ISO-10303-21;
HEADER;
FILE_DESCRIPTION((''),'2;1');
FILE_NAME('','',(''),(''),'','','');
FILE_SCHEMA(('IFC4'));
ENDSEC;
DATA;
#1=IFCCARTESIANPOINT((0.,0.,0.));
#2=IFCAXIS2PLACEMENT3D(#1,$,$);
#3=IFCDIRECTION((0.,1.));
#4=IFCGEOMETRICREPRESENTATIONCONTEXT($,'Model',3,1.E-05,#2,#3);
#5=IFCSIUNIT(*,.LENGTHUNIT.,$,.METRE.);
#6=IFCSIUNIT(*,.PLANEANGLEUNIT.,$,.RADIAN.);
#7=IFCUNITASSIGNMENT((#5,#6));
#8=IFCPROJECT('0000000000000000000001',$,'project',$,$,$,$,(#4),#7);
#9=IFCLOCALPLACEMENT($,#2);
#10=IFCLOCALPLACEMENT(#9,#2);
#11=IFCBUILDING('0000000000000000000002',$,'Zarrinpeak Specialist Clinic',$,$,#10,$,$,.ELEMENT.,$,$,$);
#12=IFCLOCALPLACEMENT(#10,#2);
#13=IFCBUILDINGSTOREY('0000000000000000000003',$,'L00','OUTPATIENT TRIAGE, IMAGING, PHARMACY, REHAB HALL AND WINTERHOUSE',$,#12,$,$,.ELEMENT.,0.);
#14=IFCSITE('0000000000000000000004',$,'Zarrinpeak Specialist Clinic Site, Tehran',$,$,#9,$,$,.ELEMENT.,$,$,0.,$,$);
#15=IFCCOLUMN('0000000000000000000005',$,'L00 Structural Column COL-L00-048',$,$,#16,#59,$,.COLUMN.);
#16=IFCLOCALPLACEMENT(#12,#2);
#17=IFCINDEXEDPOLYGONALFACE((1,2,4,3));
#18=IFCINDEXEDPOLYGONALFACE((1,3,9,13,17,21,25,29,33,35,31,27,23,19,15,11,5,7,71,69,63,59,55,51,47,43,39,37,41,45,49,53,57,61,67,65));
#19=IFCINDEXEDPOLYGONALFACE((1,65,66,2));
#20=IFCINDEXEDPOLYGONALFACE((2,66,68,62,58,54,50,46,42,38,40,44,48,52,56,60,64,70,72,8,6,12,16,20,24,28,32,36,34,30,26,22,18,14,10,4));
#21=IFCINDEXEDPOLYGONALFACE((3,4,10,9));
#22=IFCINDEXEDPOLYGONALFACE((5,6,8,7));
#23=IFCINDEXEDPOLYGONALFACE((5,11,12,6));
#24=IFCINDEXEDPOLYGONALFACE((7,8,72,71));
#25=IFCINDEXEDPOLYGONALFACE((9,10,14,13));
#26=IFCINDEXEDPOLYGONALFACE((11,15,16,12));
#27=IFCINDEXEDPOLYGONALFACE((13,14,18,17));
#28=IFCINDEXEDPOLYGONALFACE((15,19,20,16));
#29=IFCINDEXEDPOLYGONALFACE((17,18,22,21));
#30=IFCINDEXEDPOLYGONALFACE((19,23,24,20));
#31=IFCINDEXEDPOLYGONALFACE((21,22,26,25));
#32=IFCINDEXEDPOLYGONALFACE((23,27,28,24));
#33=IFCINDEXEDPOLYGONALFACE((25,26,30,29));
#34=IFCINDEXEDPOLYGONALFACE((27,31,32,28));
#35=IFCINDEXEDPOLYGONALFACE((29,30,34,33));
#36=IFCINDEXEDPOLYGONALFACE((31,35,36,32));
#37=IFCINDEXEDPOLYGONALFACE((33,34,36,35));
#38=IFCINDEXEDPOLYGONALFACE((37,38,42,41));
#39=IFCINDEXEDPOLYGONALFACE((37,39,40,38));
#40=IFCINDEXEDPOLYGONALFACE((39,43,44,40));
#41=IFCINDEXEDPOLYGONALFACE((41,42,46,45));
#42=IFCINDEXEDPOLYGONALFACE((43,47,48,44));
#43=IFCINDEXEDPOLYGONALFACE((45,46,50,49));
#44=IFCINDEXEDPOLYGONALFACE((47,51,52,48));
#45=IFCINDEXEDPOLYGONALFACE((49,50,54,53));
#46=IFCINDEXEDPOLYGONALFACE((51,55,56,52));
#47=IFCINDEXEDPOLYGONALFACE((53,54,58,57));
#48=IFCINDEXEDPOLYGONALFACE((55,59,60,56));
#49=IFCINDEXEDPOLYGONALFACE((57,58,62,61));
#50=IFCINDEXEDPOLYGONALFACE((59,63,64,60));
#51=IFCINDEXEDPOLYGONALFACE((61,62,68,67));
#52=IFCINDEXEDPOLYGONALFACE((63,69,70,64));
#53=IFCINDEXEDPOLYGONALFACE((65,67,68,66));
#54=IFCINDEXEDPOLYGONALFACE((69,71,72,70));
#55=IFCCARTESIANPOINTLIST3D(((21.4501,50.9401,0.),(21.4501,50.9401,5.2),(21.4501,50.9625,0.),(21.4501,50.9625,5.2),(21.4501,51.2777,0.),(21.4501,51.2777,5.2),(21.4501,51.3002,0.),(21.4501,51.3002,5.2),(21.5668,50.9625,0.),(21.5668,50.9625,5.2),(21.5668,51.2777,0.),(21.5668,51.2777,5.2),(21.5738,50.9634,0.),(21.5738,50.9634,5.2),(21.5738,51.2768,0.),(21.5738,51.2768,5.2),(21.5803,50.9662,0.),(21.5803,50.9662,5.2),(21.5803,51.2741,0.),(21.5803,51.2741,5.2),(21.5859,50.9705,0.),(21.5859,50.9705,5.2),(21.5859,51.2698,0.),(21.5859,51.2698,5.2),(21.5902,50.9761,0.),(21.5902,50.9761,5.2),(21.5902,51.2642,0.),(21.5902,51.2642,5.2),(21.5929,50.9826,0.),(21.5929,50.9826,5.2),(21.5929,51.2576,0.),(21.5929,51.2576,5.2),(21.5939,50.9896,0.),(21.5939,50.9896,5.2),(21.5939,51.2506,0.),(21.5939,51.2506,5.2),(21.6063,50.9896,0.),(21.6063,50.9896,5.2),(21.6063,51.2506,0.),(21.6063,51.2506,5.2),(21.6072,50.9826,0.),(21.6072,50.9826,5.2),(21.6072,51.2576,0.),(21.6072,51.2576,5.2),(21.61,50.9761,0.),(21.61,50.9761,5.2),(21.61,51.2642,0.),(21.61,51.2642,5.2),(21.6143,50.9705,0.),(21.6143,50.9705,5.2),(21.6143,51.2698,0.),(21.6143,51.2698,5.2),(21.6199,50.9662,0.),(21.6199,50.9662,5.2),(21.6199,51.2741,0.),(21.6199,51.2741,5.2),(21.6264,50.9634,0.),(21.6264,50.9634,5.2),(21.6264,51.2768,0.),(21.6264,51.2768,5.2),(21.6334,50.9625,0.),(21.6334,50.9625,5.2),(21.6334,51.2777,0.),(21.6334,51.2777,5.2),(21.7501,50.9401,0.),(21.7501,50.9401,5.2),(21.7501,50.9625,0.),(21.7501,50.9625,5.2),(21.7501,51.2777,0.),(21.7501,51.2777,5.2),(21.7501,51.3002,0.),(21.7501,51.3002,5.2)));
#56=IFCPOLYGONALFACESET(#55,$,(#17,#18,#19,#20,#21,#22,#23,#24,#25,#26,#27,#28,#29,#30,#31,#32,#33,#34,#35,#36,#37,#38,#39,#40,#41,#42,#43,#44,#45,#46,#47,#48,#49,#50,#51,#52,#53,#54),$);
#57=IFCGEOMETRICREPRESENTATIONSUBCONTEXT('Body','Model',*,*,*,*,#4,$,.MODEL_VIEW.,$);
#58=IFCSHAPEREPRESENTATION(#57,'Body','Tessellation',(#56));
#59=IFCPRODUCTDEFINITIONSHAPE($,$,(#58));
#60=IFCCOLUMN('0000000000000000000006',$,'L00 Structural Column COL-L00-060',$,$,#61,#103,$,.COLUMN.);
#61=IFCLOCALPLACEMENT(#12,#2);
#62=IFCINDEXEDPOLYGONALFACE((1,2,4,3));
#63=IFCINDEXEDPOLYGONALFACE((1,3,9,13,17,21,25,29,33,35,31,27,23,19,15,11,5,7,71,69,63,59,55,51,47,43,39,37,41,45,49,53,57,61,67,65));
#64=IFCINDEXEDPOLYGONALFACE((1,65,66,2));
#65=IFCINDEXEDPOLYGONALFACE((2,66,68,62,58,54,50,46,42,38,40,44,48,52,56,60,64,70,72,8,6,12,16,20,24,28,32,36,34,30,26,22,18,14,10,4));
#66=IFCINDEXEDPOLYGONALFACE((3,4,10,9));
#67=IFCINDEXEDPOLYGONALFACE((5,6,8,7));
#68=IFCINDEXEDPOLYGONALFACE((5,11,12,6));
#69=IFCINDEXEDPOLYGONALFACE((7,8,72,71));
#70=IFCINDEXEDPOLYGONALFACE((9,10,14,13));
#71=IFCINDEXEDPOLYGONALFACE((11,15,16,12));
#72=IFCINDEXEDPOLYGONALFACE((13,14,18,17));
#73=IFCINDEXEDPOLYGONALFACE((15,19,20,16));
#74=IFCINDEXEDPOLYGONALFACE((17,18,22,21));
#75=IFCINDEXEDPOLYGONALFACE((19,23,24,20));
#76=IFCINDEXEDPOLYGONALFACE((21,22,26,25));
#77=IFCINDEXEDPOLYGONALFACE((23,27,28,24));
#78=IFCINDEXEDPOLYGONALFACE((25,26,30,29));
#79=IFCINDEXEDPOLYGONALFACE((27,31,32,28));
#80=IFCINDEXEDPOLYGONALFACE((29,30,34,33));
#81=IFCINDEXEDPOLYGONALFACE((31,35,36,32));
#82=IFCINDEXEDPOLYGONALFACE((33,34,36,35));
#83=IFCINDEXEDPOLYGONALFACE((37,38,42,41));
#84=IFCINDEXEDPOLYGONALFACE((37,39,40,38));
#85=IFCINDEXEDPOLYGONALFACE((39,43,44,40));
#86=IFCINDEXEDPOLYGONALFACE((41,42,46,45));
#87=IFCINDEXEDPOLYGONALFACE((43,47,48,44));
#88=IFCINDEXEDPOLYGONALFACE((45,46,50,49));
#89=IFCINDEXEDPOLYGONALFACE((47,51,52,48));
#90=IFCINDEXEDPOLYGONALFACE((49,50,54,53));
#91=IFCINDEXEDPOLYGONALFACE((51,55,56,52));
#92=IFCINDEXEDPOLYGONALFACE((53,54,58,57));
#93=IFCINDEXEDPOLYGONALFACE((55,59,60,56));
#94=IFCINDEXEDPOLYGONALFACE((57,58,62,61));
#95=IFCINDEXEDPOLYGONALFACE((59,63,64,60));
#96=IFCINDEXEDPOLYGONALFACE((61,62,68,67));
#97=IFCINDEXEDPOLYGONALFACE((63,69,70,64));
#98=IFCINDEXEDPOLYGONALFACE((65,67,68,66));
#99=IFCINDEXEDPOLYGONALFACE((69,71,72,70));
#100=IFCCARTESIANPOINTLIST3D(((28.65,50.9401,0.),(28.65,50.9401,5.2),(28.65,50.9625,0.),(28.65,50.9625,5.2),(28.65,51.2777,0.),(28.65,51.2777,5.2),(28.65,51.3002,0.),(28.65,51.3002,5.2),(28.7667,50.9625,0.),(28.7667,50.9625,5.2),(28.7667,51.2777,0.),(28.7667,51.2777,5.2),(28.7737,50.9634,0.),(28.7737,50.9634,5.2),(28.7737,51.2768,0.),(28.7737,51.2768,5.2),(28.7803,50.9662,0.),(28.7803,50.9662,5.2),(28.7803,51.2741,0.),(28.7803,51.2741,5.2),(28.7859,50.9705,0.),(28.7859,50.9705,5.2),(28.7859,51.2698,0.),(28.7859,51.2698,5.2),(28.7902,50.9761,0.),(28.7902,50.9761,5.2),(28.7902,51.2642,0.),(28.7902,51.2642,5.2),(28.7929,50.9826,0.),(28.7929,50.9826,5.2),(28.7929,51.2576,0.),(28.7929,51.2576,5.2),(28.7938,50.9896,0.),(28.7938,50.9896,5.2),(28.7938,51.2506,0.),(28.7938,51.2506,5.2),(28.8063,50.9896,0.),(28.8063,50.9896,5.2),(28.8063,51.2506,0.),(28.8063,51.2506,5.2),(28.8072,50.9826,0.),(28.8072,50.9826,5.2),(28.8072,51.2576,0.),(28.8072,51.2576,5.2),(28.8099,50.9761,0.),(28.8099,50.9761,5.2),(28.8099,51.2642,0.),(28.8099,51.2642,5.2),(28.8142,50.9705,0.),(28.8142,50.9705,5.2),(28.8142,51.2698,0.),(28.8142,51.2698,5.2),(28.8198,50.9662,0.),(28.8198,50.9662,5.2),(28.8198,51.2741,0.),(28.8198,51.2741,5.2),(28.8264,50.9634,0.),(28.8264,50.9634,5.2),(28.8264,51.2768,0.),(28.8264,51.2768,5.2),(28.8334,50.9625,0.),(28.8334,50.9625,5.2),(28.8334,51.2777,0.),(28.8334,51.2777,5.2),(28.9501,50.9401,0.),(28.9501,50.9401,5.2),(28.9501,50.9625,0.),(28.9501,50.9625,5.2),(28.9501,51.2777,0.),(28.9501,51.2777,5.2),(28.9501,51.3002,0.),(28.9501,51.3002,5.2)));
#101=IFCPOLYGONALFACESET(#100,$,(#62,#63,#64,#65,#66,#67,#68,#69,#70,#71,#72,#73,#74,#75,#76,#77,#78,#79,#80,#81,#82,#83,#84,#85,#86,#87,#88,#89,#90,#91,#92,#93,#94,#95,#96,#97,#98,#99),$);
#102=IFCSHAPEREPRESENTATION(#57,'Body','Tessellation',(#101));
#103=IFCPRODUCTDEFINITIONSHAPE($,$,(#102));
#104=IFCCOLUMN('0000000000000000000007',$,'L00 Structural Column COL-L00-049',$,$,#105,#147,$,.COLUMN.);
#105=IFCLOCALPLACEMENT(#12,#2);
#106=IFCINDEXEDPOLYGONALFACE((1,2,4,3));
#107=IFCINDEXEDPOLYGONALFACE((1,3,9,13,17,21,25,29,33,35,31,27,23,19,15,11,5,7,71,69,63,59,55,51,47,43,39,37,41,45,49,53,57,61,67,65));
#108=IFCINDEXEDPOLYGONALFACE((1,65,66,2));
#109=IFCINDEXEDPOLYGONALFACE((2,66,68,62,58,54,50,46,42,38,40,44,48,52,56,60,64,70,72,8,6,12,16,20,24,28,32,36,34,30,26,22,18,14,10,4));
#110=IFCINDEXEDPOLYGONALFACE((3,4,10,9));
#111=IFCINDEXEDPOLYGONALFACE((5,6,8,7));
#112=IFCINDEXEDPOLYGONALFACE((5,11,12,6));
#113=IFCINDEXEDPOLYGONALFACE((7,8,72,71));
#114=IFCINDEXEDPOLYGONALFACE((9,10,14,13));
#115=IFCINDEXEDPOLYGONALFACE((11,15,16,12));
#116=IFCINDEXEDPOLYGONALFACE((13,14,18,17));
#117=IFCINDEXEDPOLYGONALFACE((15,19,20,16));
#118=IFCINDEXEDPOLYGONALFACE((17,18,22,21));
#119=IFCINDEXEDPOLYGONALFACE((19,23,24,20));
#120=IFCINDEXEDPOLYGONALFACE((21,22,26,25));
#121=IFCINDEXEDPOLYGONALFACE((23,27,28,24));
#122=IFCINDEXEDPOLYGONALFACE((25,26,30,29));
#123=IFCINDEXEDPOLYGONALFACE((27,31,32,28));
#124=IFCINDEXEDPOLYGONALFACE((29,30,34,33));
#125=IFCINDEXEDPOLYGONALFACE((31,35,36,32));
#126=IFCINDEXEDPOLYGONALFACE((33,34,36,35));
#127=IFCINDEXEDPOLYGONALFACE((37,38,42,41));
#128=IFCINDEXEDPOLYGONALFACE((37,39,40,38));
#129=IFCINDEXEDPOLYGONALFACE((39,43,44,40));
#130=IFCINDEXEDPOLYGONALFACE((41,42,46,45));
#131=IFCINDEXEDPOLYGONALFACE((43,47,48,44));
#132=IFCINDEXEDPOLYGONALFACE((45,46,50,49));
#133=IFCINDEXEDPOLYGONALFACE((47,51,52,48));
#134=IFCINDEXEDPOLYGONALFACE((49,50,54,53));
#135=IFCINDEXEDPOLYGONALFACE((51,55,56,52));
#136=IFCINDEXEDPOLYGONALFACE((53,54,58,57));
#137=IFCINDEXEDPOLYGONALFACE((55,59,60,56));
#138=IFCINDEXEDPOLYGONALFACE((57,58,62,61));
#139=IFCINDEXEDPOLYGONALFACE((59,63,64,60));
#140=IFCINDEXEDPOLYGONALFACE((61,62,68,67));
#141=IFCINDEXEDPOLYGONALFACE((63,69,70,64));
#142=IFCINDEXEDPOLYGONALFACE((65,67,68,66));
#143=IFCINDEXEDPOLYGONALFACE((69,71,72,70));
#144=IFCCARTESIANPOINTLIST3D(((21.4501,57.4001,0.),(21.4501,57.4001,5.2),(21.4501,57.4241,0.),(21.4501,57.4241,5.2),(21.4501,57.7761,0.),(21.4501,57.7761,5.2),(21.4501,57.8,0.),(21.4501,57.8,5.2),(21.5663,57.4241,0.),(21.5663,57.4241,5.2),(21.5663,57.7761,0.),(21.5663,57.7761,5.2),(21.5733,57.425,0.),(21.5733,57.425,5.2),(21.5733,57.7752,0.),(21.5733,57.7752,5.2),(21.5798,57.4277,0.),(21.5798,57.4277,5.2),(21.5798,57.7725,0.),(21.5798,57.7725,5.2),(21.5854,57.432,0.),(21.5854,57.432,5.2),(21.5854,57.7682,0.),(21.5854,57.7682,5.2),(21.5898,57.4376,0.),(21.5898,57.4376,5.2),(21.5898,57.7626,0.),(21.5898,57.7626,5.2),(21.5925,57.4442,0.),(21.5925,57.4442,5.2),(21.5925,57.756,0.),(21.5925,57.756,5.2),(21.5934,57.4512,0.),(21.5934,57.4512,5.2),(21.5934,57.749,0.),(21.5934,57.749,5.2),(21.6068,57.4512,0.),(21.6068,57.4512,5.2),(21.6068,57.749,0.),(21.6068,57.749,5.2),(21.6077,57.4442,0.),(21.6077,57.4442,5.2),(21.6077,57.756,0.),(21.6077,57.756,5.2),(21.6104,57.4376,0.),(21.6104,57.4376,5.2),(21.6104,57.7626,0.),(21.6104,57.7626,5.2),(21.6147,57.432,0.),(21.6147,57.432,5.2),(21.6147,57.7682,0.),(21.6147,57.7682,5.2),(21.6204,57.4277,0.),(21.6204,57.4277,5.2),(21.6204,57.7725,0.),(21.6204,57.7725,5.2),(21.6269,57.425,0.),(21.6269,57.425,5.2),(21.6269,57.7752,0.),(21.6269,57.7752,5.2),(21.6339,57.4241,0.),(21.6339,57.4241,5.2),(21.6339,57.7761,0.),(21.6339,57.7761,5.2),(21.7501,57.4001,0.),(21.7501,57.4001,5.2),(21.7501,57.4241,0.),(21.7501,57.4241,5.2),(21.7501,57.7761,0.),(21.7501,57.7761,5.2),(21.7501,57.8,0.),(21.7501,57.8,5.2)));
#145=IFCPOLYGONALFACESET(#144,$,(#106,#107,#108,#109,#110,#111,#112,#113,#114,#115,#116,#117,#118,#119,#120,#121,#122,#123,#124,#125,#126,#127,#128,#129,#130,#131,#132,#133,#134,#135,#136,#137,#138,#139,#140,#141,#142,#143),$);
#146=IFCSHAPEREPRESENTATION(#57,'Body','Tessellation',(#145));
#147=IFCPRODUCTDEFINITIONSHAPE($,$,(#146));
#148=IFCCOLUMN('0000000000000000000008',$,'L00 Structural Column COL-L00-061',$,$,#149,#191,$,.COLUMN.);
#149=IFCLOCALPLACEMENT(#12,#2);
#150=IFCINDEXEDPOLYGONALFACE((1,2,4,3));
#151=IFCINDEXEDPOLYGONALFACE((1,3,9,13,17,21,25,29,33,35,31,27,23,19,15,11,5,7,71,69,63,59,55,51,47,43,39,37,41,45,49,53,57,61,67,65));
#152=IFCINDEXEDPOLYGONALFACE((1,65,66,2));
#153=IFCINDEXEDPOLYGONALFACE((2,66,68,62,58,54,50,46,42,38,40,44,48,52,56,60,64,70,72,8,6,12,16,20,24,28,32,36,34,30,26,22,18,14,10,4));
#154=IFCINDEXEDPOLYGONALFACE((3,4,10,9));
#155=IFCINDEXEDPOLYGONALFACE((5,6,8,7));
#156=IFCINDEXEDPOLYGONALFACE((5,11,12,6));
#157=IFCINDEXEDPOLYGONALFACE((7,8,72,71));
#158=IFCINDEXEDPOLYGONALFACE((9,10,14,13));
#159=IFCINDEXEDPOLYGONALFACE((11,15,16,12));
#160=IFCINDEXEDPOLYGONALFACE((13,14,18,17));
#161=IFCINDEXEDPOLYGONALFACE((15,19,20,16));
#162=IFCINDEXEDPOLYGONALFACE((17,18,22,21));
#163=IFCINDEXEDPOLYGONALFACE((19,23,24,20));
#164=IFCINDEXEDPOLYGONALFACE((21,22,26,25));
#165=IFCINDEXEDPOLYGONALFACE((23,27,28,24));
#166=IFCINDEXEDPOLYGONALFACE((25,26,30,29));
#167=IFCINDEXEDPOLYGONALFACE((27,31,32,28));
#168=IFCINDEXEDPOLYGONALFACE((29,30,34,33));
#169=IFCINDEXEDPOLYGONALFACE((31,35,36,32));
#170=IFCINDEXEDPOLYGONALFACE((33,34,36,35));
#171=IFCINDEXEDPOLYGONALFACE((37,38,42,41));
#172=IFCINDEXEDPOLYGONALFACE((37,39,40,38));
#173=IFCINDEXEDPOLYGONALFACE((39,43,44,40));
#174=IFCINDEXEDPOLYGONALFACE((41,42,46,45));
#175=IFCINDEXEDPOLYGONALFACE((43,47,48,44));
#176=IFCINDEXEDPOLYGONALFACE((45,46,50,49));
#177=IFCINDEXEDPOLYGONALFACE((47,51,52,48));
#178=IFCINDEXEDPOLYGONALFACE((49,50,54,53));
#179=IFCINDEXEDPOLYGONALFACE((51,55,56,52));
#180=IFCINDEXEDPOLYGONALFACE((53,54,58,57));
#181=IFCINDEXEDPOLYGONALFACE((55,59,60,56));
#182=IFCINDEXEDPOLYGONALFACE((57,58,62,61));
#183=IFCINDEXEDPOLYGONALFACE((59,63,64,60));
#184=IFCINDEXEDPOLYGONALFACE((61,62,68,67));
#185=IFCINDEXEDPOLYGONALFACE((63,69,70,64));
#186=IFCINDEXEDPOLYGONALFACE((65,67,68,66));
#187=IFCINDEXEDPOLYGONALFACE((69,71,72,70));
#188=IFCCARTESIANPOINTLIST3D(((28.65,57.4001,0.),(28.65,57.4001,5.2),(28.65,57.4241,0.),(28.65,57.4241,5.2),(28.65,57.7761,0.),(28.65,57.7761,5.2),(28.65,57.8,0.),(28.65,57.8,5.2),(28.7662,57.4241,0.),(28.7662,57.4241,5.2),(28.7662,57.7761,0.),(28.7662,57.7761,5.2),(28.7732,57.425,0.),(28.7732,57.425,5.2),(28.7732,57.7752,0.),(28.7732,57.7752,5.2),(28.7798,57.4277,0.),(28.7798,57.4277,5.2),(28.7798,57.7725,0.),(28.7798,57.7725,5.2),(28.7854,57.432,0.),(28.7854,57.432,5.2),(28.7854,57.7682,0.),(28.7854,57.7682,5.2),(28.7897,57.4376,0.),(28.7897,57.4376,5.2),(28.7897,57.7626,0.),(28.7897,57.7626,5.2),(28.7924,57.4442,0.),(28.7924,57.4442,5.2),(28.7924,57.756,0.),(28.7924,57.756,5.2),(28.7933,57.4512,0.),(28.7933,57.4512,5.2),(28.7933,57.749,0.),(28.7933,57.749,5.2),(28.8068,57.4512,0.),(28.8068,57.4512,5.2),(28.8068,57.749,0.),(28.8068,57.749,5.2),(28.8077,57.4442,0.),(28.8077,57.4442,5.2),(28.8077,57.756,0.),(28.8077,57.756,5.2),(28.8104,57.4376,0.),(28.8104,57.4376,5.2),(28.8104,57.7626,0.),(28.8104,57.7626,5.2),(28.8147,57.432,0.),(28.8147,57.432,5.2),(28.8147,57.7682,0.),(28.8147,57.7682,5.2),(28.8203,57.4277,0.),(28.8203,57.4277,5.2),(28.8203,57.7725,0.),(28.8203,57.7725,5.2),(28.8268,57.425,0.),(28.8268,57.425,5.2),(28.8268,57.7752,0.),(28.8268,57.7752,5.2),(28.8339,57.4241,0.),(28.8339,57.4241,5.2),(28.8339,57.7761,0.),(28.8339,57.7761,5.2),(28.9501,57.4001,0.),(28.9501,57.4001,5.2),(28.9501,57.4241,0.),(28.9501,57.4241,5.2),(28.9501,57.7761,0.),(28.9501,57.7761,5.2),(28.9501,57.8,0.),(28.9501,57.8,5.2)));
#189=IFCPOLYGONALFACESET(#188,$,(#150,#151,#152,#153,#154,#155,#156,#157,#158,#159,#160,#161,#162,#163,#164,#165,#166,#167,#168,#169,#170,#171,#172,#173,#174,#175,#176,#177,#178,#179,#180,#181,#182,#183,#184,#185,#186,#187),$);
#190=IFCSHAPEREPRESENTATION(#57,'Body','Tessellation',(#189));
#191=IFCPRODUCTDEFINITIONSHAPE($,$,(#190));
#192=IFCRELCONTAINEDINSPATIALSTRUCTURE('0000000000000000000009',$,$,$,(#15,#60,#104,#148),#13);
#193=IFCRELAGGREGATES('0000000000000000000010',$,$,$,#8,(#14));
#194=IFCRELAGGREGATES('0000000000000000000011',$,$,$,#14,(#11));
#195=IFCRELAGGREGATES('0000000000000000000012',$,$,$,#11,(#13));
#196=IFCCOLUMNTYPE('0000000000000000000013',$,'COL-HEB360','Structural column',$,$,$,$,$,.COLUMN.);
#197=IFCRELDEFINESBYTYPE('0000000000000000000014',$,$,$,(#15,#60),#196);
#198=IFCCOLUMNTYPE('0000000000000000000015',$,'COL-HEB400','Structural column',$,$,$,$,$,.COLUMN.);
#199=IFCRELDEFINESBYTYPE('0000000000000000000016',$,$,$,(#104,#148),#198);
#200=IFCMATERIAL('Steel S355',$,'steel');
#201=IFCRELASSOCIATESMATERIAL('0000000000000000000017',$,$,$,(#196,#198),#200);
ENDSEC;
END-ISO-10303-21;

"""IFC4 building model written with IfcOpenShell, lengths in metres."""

from ifc_helpers import new_model, si_unit, direction, frame, origin, origin_2d, place, context, subcontext, project, spatial, i_section, extrude, material, material_profile, profile_set, type_object, element, save


model = new_model("IFC4")

# Units and contexts
model_context = context("Model", 3, precision=1e-05, world=origin(), true_north=direction((0.0, 1.0)))
body_context = subcontext(model_context, "Body", "Model", "MODEL_VIEW")
ifc_project = project(units=[si_unit("LENGTHUNIT", "METRE"), si_unit("PLANEANGLEUNIT", "RADIAN")], contexts=[model_context])

# Site, building, storey
site_placement = place(None, origin())
site = spatial("IfcSite", under=ifc_project, at=site_placement, Name="Zarrinpeak Specialist Clinic Site, Tehran", CompositionType="ELEMENT", RefElevation=0.0)
building_placement = place(site_placement, origin())
building = spatial("IfcBuilding", under=site, at=building_placement, Name="Zarrinpeak Specialist Clinic", CompositionType="ELEMENT")
storey_placement = place(building_placement, origin())
storey = spatial("IfcBuildingStorey", under=building, at=storey_placement, Name="L00", Description="OUTPATIENT TRIAGE, IMAGING, PHARMACY, REHAB HALL AND WINTERHOUSE", CompositionType="ELEMENT", Elevation=0.0)

# Columns
ifc_material_1 = material(Name="Steel S355", Category="steel")
ifc_material_profile_1 = material_profile(ifc_material_1, i_section(OverallWidth=0.3, OverallDepth=0.3601, WebThickness=0.0125, FlangeThickness=0.0225, FilletRadius=0.0271, at=origin_2d()), Name="HEB 360")
ifc_profile_set_1 = profile_set([ifc_material_profile_1], Name="Steel S355")
column_type_1 = type_object("IfcColumnType", Name="COL-HEB360", Description="Structural column", PredefinedType="COLUMN", material=ifc_profile_set_1)
for number, where, z_axis, x_axis, name in (
    (1, (21.6001, 51.1201, 0.0), (0.0, 0.0, 1.0), (1.0, 0.0, 0.0), "L00 Structural Column COL-L00-048"),
    (2, (28.8, 51.1201, 0.0), (0.0, 0.0, 1.0), (1.0, 0.0, 0.0), "L00 Structural Column COL-L00-060"),
):
    element("IfcColumn", number, at=place(storey_placement, frame(where, z_axis=z_axis, x_axis=x_axis)), inside=storey, type_object=column_type_1, Name=name, PredefinedType="COLUMN", context=body_context, shape_type="SweptSolid", body=[
        extrude(i_section(OverallWidth=0.3, OverallDepth=0.3601, WebThickness=0.0125, FlangeThickness=0.0225, FilletRadius=0.0271, at=origin_2d()), origin(), (0.0, 0.0, 1.0), 5.2),
    ])
ifc_material_profile_2 = material_profile(ifc_material_1, i_section(OverallWidth=0.3, OverallDepth=0.3999, WebThickness=0.0134, FlangeThickness=0.0239, FilletRadius=0.0271, at=origin_2d()), Name="HEB 400")
ifc_profile_set_2 = profile_set([ifc_material_profile_2], Name="Steel S355")
column_type_2 = type_object("IfcColumnType", Name="COL-HEB400", Description="Structural column", PredefinedType="COLUMN", material=ifc_profile_set_2)
for number, where, z_axis, x_axis, name in (
    (3, (21.6001, 57.6001, 0.0), (0.0, 0.0, 1.0), (1.0, 0.0, 0.0), "L00 Structural Column COL-L00-049"),
    (4, (28.8, 57.6001, 0.0), (0.0, 0.0, 1.0), (1.0, 0.0, 0.0), "L00 Structural Column COL-L00-061"),
):
    element("IfcColumn", number, at=place(storey_placement, frame(where, z_axis=z_axis, x_axis=x_axis)), inside=storey, type_object=column_type_2, Name=name, PredefinedType="COLUMN", context=body_context, shape_type="SweptSolid", body=[
        extrude(i_section(OverallWidth=0.3, OverallDepth=0.3999, WebThickness=0.0134, FlangeThickness=0.0239, FilletRadius=0.0271, at=origin_2d()), origin(), (0.0, 0.0, 1.0), 5.2),
    ])

save(model, "model.ifc")
